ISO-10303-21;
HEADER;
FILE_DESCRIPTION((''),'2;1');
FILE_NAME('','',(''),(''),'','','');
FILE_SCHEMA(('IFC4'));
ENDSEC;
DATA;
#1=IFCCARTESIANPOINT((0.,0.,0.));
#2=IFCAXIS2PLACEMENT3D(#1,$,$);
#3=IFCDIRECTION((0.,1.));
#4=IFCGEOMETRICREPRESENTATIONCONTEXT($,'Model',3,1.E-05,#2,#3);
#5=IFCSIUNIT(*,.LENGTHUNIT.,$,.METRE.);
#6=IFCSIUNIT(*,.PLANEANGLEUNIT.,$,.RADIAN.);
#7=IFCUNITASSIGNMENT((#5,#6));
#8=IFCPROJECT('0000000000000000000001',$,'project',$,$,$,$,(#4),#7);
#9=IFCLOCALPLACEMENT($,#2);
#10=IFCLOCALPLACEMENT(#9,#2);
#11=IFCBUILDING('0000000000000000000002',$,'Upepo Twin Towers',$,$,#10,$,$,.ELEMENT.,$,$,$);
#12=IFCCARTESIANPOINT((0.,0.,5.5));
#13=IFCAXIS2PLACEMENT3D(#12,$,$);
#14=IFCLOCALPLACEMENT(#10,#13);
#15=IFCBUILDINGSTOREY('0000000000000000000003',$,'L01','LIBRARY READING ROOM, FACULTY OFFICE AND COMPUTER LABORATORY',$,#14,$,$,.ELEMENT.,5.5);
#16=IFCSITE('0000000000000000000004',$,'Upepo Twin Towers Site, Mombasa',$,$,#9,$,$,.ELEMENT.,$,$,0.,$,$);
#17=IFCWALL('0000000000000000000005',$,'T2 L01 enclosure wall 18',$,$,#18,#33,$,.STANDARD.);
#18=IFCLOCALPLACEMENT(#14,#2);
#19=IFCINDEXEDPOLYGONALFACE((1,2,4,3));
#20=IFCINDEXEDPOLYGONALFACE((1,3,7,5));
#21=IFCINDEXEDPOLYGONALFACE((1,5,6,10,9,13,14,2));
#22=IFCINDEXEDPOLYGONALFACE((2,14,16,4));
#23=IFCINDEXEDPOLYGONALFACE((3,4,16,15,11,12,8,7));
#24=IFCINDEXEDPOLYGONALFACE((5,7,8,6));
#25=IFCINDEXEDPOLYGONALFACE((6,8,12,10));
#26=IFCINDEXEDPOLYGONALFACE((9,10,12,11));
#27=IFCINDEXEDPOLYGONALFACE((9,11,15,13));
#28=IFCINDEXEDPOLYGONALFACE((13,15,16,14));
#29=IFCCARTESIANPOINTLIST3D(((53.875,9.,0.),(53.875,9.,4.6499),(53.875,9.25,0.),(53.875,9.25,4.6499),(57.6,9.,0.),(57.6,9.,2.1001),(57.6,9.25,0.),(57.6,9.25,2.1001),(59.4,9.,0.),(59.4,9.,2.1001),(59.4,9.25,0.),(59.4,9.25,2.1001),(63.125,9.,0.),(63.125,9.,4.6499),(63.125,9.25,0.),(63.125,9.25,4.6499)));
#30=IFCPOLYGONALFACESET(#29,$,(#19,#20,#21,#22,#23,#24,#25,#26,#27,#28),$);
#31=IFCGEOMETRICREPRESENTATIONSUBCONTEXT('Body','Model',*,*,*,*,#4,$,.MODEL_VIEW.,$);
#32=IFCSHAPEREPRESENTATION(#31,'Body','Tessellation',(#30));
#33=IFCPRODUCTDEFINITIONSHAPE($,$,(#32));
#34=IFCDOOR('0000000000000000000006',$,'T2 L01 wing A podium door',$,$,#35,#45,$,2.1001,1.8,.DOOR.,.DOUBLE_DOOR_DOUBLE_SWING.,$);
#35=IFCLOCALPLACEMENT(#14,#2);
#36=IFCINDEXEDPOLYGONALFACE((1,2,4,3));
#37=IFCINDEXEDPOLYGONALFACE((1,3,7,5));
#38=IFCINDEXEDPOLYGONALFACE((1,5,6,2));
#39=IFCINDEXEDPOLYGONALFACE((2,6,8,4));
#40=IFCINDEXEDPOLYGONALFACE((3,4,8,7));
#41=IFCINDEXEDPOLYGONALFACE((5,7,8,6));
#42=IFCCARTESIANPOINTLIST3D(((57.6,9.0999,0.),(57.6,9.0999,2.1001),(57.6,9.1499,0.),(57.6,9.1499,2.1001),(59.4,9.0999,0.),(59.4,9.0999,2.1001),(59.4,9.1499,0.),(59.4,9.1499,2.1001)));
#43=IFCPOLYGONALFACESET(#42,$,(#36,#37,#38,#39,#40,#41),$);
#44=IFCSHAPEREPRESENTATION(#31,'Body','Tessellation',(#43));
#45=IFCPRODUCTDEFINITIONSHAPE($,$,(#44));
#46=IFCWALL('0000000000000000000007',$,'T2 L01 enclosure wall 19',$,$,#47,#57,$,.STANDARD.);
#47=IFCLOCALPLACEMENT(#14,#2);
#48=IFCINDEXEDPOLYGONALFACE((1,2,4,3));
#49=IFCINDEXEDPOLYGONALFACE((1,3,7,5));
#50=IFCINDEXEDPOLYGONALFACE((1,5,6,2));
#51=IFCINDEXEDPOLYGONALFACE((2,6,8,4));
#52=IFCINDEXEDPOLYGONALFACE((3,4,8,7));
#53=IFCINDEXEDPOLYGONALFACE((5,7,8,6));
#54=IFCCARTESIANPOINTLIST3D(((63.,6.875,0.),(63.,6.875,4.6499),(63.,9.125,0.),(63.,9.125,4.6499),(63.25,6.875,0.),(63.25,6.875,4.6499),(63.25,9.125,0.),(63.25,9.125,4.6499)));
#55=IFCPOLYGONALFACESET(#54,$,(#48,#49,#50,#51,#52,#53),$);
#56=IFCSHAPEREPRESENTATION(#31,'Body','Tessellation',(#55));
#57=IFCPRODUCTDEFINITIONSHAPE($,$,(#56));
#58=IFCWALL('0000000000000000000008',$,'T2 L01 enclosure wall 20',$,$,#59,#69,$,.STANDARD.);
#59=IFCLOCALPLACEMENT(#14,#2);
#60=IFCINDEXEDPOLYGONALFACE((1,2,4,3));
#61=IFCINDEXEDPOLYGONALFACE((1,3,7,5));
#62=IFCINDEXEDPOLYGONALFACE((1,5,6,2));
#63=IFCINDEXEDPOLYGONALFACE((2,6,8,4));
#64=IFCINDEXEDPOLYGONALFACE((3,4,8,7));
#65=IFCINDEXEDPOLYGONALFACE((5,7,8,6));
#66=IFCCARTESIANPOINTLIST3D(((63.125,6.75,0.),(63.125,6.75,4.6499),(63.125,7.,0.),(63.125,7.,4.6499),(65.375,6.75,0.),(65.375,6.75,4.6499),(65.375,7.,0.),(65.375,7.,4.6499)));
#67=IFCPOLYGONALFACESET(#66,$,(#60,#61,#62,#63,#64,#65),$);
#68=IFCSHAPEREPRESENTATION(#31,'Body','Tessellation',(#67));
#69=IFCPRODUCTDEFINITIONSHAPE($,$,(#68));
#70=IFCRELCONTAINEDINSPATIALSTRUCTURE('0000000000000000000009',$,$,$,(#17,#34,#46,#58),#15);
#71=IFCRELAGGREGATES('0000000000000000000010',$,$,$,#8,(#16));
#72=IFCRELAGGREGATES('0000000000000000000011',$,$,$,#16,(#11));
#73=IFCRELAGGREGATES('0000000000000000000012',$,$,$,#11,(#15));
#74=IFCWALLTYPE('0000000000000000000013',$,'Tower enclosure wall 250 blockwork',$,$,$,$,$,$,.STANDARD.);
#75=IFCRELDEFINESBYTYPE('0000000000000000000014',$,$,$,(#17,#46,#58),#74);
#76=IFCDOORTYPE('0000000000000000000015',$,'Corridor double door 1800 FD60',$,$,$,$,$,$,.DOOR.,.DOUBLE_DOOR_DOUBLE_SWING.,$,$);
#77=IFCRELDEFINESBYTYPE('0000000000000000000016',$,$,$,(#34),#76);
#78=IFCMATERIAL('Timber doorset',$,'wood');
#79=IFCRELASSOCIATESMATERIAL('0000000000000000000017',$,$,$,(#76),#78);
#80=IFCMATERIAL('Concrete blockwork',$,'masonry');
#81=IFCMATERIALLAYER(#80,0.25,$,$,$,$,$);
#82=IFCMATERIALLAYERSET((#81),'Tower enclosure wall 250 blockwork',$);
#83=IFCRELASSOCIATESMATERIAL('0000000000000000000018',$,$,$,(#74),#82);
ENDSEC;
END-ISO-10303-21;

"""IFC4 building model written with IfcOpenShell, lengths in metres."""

from ifc_helpers import new_model, si_unit, direction, frame, frame_2d, origin, place, context, subcontext, project, spatial, rectangle, extrude, material, layer, layer_set, type_object, element, fill, save


model = new_model("IFC4")

# Units and contexts
model_context = context("Model", 3, precision=1e-05, world=origin(), true_north=direction((0.0, 1.0)))
body_context = subcontext(model_context, "Body", "Model", "MODEL_VIEW")
ifc_project = project(units=[si_unit("LENGTHUNIT", "METRE"), si_unit("PLANEANGLEUNIT", "RADIAN")], contexts=[model_context])

# Site, building, storey
site_placement = place(None, origin())
site = spatial("IfcSite", under=ifc_project, at=site_placement, Name="Upepo Twin Towers Site, Mombasa", CompositionType="ELEMENT", RefElevation=0.0)
building_placement = place(site_placement, origin())
building = spatial("IfcBuilding", under=site, at=building_placement, Name="Upepo Twin Towers", CompositionType="ELEMENT")
storey_placement = place(building_placement, frame((0.0, 0.0, 5.5)))
storey = spatial("IfcBuildingStorey", under=building, at=storey_placement, Name="L01", Description="LIBRARY READING ROOM, FACULTY OFFICE AND COMPUTER LABORATORY", CompositionType="ELEMENT", Elevation=5.5)

# Shared definitions
ifc_material_1 = material(Name="Timber doorset", Category="wood")
door_type_1 = type_object("IfcDoorType", Name="Corridor double door 1800 FD60", OperationType="DOUBLE_DOOR_DOUBLE_SWING", PredefinedType="DOOR", material=ifc_material_1)

# Shared definitions
ifc_material_2 = material(Name="Concrete blockwork", Category="masonry")
ifc_layer_1 = layer(ifc_material_2, 0.25)
ifc_layer_set_1 = layer_set([ifc_layer_1], Name="Tower enclosure wall 250 blockwork")
wall_type_1 = type_object("IfcWallType", Name="Tower enclosure wall 250 blockwork", PredefinedType="STANDARD", material=ifc_layer_set_1)

# Wall, opening, door
wall_1_placement = place(storey_placement, frame((53.875, 9.125, 0.0), z_axis=(0.0, 0.0, 1.0), x_axis=(1.0, 0.0, 0.0)))
wall_1 = element("IfcWall", 1, at=wall_1_placement, inside=storey, type_object=wall_type_1, Name="T2 L01 enclosure wall 18", PredefinedType="STANDARD", context=body_context, shape_type="SweptSolid", body=[
    extrude(rectangle(XDim=9.25, YDim=0.25, at=frame_2d((4.625, 0.0))), origin(), (0.0, 0.0, 1.0), 4.6499),
])
opening_1_placement = place(wall_1_placement, frame((3.7251, 0.0, 0.0)))
opening_1 = element("IfcOpeningElement", 2, at=opening_1_placement, cuts=wall_1, PredefinedType="OPENING", context=body_context, shape_type="SweptSolid", body=[
    extrude(rectangle(XDim=1.8, YDim=2.1001, at=frame_2d((0.8999, 1.05))), frame((0.0, 0.135, 0.0), z_axis=(0.0, -1.0, 0.0), x_axis=(1.0, 0.0, 0.0)), (0.0, 0.0, 1.0), 0.27),
])
door_1_placement = place(opening_1_placement, origin())
door_1 = element("IfcDoor", 3, at=door_1_placement, inside=storey, type_object=door_type_1, Name="T2 L01 wing A podium door", OperationType="DOUBLE_DOOR_DOUBLE_SWING", OverallHeight=2.1001, OverallWidth=1.8, PredefinedType="DOOR", context=body_context, shape_type="SweptSolid", body=[
    extrude(rectangle(XDim=1.8, YDim=2.1001, at=frame_2d((0.8999, 1.05))), frame((0.0, 0.0249, 0.0), z_axis=(0.0, -1.0, 0.0), x_axis=(1.0, 0.0, 0.0)), (0.0, 0.0, 1.0), 0.05),
])
fill(opening_1, door_1)

# Walls
for number, where, z_axis, x_axis, name in (
    (4, (63.125, 9.125, 0.0), (0.0, 0.0, 1.0), (0.0, -1.0, 0.0), "T2 L01 enclosure wall 19"),
    (5, (63.125, 6.875, 0.0), (0.0, 0.0, 1.0), (1.0, 0.0, 0.0), "T2 L01 enclosure wall 20"),
):
    element("IfcWall", number, at=place(storey_placement, frame(where, z_axis=z_axis, x_axis=x_axis)), inside=storey, type_object=wall_type_1, Name=name, PredefinedType="STANDARD", context=body_context, shape_type="SweptSolid", body=[
        extrude(rectangle(XDim=2.25, YDim=0.25, at=frame_2d((1.125, 0.0))), origin(), (0.0, 0.0, 1.0), 4.6499),
    ])

save(model, "model.ifc")
